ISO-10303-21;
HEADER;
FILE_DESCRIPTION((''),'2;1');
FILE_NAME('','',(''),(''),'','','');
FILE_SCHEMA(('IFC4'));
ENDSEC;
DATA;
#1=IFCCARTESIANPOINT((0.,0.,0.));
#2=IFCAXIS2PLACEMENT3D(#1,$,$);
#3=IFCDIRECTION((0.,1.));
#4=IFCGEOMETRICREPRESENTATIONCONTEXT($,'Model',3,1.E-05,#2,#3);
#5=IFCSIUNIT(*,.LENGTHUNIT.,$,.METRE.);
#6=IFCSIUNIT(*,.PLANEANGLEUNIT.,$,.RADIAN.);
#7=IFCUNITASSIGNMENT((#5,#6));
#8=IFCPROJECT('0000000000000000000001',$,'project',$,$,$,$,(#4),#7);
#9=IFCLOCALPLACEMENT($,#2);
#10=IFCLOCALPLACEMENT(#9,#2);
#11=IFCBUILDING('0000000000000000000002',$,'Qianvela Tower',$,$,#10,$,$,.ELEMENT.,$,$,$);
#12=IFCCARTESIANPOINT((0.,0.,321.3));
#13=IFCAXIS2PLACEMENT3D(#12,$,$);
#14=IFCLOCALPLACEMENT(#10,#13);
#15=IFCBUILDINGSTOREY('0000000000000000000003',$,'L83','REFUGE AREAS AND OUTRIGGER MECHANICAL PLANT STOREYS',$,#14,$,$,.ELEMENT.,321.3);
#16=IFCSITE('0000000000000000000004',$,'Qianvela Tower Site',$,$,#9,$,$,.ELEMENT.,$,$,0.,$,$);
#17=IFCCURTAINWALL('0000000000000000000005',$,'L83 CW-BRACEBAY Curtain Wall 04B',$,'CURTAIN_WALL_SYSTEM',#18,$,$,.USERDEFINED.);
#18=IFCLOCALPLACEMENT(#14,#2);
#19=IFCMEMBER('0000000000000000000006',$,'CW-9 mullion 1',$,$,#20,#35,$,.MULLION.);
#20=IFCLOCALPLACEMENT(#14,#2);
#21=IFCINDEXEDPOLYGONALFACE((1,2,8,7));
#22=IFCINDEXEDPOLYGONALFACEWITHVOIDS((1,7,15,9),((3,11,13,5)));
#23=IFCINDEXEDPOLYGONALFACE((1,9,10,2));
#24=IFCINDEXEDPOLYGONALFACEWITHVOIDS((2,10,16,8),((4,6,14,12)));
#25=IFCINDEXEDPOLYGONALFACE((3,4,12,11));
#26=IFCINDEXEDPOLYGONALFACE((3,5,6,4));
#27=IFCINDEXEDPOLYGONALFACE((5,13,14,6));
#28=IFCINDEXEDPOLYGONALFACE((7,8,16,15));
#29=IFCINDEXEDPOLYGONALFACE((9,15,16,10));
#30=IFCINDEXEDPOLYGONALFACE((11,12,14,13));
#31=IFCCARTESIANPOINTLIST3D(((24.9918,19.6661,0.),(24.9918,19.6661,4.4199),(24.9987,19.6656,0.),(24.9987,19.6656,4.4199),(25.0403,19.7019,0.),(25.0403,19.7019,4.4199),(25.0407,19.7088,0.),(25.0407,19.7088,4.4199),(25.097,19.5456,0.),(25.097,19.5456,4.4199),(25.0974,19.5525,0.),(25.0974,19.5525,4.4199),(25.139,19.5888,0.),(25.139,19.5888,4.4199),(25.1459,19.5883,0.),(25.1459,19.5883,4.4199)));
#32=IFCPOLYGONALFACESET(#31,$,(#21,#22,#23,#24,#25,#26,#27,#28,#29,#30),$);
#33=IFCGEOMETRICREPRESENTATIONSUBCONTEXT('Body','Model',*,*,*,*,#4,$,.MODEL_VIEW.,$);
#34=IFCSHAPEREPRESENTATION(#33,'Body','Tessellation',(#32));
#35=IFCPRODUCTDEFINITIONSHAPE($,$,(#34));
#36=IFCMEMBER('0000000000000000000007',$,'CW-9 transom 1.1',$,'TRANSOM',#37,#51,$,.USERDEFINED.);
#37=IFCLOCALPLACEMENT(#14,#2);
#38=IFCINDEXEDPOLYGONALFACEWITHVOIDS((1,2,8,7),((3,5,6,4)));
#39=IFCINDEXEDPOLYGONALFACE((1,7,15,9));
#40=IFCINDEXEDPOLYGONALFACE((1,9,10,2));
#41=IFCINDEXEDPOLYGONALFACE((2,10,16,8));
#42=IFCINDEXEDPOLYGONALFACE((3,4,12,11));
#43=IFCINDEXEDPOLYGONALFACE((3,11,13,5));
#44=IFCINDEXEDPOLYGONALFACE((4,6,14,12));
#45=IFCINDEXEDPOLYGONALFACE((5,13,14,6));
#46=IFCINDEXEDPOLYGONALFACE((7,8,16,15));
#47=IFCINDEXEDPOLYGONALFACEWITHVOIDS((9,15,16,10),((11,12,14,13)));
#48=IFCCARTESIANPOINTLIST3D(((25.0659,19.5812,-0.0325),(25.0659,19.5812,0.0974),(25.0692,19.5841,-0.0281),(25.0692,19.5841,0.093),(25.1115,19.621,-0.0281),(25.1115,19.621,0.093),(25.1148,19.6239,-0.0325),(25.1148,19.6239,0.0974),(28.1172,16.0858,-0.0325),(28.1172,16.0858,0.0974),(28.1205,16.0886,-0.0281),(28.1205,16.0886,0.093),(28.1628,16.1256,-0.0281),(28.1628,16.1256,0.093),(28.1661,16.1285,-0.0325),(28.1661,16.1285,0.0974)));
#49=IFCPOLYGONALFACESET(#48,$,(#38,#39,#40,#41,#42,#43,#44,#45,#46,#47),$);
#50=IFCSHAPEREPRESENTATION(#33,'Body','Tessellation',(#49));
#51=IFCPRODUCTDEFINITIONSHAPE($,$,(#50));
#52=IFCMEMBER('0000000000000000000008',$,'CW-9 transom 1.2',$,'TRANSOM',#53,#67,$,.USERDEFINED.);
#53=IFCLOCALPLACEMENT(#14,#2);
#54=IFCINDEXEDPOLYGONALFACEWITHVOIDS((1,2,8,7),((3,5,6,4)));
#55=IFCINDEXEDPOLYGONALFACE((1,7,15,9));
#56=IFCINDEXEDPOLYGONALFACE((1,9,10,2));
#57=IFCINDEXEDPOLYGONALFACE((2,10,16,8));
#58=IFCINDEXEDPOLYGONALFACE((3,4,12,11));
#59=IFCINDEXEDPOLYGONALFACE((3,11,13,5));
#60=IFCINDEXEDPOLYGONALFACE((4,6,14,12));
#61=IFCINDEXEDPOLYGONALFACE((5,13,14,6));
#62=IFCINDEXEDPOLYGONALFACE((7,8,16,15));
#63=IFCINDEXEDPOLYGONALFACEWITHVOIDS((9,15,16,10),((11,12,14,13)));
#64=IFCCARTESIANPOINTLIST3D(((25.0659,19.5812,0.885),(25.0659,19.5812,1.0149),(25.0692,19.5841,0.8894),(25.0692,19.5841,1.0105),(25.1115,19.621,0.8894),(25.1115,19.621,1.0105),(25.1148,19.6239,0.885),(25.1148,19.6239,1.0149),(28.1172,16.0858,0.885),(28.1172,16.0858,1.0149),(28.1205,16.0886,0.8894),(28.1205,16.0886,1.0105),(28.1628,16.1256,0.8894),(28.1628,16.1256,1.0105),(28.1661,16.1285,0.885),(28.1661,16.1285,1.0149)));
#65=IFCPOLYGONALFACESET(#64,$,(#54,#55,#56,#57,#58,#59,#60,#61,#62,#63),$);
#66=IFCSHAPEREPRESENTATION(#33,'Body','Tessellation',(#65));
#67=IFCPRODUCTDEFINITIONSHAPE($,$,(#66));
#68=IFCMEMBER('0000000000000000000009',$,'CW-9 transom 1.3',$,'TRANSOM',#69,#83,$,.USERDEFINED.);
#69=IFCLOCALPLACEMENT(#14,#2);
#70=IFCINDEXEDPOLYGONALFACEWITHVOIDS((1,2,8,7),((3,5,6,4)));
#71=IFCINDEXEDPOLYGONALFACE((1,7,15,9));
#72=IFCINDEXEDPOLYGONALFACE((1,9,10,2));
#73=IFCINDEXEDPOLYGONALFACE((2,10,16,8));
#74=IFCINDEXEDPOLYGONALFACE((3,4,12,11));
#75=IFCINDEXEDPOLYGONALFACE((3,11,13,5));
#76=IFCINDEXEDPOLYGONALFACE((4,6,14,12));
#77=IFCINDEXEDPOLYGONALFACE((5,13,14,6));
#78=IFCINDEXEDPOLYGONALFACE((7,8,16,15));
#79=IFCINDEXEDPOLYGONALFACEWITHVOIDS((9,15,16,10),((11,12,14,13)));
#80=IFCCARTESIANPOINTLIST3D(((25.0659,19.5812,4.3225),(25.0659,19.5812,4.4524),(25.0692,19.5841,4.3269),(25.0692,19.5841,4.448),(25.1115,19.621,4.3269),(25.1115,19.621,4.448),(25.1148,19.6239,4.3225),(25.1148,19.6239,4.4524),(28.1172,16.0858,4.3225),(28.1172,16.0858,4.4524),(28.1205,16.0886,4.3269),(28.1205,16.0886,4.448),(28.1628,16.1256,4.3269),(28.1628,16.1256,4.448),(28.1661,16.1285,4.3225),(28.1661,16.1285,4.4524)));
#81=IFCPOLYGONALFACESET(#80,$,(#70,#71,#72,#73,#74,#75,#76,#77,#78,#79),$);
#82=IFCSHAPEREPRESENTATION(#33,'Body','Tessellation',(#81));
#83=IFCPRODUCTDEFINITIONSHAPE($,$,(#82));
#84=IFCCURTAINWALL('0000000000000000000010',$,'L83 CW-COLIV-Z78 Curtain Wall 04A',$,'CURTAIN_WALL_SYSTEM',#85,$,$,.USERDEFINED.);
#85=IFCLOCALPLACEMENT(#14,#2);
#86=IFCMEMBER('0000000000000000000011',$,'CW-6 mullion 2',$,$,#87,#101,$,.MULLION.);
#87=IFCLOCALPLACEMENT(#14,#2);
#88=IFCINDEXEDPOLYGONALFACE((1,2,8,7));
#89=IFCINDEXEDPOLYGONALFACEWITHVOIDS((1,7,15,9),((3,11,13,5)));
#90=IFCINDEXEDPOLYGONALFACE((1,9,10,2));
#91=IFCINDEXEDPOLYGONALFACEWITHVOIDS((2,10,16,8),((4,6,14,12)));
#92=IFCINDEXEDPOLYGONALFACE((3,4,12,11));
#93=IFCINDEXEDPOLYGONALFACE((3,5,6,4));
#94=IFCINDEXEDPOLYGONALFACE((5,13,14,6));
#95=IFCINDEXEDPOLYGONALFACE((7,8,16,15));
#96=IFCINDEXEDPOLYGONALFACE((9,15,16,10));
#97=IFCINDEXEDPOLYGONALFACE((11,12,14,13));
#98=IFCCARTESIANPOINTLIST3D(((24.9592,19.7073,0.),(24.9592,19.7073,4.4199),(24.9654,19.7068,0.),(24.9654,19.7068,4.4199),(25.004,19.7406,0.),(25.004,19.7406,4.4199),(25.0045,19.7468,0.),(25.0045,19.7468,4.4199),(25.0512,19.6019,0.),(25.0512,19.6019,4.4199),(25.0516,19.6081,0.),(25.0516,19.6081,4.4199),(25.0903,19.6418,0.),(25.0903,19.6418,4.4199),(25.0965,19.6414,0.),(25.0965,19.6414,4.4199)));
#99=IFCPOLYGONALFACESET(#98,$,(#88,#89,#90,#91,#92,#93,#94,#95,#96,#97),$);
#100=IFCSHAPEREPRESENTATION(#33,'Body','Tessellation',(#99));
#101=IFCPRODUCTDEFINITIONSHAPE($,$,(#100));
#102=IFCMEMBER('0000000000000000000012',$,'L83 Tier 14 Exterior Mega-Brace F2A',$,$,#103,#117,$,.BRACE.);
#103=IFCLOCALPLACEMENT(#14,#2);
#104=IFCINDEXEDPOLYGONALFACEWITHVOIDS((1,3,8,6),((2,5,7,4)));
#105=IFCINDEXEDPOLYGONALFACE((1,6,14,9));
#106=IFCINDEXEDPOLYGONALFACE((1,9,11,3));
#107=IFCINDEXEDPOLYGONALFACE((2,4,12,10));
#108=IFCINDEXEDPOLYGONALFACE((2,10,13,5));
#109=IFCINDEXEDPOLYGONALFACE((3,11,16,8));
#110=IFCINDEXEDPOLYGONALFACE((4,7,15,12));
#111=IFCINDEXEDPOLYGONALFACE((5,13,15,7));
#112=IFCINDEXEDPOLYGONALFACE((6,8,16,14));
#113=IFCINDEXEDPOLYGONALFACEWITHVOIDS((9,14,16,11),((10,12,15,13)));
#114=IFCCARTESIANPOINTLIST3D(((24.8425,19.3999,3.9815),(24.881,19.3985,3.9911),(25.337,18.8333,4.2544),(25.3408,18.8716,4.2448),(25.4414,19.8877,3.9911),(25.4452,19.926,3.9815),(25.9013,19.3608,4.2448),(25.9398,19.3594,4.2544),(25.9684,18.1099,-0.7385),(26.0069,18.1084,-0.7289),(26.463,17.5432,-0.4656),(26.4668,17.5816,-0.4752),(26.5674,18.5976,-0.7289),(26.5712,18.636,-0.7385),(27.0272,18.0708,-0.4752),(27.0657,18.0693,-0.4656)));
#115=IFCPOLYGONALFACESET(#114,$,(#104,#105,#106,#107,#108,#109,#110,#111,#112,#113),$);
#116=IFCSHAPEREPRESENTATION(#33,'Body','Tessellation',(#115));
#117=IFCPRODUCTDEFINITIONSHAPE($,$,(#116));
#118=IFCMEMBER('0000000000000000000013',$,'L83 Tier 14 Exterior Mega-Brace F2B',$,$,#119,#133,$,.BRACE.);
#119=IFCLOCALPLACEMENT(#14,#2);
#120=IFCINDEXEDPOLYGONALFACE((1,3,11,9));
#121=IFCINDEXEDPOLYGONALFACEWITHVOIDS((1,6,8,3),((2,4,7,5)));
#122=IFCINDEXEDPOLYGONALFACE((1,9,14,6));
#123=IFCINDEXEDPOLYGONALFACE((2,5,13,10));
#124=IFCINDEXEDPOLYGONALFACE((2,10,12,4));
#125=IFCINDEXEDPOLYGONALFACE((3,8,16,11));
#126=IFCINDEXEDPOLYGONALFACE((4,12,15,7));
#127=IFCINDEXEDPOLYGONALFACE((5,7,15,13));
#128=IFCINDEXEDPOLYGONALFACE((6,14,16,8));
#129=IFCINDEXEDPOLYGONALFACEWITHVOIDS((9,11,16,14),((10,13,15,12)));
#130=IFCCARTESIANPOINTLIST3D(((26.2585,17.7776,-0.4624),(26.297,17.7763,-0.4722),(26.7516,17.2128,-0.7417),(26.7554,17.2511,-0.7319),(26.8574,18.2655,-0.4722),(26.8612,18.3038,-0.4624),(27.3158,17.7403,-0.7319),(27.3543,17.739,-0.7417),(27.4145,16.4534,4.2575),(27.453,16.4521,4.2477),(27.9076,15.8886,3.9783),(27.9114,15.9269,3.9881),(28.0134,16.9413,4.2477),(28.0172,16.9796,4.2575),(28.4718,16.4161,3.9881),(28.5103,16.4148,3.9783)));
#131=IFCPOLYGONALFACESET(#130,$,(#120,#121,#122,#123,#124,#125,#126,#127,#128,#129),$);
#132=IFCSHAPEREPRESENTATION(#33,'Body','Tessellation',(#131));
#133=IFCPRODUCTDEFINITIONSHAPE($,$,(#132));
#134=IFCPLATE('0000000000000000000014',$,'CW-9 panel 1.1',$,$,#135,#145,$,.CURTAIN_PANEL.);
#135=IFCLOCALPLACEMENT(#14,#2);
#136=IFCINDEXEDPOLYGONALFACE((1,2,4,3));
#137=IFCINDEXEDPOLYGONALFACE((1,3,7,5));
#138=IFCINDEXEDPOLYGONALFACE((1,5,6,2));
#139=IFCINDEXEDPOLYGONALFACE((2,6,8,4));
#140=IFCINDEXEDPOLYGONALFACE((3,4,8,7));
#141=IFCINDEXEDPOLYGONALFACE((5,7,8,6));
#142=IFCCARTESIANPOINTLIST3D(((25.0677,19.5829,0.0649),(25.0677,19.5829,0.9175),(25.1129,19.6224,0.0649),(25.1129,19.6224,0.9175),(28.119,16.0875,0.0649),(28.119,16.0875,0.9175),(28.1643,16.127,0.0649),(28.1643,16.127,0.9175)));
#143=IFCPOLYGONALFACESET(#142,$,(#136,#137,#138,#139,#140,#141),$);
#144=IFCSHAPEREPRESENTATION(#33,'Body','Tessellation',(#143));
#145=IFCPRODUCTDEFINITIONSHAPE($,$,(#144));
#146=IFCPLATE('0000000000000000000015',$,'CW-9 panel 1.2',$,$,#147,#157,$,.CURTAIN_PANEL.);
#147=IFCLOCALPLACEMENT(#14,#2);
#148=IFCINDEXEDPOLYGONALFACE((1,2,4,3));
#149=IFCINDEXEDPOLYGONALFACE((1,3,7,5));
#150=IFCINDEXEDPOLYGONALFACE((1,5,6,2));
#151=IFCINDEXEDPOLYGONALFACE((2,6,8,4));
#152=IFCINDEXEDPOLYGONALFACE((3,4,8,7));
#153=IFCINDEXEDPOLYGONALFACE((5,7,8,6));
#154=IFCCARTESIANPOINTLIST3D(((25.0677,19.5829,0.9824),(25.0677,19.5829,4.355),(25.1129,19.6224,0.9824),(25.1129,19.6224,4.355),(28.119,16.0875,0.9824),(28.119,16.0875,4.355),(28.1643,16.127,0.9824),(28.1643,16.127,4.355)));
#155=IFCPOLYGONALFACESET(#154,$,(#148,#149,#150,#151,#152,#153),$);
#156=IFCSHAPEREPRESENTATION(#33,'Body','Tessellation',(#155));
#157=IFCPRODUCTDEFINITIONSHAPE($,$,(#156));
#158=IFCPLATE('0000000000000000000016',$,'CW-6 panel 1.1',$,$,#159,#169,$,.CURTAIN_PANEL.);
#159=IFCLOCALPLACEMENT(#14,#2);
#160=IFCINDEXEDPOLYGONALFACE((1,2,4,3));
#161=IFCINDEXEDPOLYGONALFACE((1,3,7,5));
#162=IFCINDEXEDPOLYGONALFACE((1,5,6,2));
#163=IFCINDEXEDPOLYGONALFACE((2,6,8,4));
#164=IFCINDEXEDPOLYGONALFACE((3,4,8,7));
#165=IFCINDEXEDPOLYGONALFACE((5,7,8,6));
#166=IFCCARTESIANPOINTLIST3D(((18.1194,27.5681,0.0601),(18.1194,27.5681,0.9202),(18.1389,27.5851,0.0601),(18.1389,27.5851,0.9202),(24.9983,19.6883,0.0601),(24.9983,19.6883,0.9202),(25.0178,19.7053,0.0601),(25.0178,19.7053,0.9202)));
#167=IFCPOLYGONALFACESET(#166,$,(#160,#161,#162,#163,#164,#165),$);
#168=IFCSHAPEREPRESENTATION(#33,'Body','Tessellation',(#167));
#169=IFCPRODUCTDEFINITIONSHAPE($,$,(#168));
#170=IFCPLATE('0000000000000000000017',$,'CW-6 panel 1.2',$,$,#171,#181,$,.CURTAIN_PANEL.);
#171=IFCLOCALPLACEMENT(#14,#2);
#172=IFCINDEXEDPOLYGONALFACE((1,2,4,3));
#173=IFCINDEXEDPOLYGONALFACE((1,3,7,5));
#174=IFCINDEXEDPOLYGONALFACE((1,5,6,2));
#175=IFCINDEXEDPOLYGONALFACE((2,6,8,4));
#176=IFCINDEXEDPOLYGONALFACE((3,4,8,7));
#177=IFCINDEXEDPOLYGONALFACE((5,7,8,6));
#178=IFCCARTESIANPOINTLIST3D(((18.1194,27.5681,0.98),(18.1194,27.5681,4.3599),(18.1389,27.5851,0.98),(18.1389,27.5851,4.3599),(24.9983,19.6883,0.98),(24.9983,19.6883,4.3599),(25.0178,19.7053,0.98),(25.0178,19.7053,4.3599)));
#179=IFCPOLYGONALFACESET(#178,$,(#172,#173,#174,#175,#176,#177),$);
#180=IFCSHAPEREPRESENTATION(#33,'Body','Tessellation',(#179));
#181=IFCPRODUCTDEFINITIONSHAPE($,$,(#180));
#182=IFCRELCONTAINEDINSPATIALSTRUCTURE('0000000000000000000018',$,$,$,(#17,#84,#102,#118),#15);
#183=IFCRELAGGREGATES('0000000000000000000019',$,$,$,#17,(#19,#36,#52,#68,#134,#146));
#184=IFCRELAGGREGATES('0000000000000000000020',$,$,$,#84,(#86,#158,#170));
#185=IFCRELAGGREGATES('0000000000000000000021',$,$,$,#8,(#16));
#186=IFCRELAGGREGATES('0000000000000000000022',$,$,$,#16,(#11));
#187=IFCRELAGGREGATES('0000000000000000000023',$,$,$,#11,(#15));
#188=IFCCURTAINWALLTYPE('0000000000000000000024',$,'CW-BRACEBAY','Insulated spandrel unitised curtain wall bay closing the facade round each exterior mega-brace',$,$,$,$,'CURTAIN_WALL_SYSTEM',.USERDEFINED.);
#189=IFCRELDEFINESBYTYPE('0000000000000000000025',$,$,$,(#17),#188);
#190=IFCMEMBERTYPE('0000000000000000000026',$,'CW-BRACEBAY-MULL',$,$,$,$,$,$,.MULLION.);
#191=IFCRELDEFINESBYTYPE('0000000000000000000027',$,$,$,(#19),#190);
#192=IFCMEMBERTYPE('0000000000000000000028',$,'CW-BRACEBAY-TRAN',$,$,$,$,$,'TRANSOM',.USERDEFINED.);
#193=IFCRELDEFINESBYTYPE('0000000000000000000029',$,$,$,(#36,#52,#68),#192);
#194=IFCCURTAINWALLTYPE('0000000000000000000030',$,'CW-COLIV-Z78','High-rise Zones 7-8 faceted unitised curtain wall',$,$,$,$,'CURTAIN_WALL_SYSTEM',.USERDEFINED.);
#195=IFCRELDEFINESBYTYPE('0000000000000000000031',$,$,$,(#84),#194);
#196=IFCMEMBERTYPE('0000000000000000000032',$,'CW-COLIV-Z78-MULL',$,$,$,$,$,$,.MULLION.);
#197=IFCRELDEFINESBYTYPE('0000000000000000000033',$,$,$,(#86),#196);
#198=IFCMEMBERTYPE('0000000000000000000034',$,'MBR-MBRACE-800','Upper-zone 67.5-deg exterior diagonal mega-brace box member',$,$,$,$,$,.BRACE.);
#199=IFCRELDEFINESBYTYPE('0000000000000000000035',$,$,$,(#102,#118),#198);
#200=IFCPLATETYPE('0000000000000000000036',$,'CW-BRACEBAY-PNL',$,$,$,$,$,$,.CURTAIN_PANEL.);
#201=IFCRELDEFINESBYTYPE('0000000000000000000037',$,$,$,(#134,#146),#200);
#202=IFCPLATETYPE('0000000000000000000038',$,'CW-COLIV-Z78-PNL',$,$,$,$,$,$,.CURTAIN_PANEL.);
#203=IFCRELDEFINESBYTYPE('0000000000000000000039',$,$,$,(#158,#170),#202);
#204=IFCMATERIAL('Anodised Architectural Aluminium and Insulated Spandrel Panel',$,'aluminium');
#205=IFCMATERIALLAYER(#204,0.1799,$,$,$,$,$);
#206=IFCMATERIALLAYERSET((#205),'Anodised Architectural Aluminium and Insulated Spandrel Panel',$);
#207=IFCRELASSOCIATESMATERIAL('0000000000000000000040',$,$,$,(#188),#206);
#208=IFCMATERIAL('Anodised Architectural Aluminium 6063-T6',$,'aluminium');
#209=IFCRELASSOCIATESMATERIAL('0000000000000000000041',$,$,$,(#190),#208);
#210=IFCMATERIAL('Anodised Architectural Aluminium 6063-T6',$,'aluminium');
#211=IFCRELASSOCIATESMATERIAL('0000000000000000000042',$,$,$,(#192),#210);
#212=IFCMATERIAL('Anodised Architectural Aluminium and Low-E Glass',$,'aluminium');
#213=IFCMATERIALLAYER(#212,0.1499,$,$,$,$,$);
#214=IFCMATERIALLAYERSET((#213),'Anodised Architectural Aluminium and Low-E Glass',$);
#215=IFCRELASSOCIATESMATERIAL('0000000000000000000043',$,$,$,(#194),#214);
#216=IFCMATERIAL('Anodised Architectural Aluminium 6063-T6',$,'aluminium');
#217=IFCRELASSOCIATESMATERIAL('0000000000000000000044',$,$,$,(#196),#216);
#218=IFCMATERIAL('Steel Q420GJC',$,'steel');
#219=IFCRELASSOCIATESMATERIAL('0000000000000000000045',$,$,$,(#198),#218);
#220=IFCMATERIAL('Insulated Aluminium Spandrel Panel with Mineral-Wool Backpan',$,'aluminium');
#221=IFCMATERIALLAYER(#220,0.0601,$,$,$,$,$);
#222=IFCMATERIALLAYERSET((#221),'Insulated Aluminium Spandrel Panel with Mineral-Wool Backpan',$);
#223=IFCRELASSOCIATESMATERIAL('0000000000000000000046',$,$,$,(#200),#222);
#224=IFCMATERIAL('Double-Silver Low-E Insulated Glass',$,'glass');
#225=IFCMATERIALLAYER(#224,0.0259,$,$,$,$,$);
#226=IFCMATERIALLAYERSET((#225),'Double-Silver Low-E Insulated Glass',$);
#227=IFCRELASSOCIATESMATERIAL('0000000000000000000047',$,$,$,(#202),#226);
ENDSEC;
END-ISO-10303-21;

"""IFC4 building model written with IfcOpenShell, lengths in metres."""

from ifc_helpers import new_model, si_unit, direction, frame, origin, origin_2d, place, context, subcontext, project, spatial, rectangle, hollow_rectangle, extrude, material, layer, layer_set, material_profile, profile_set, type_object, element, aggregate, save


model = new_model("IFC4")

# Units and contexts
model_context = context("Model", 3, precision=1e-05, world=origin(), true_north=direction((0.0, 1.0)))
body_context = subcontext(model_context, "Body", "Model", "MODEL_VIEW")
ifc_project = project(units=[si_unit("LENGTHUNIT", "METRE"), si_unit("PLANEANGLEUNIT", "RADIAN")], contexts=[model_context])

# Site, building, storey
site_placement = place(None, origin())
site = spatial("IfcSite", under=ifc_project, at=site_placement, Name="Qianvela Tower Site", CompositionType="ELEMENT", RefElevation=0.0)
building_placement = place(site_placement, origin())
building = spatial("IfcBuilding", under=site, at=building_placement, Name="Qianvela Tower", CompositionType="ELEMENT")
storey_placement = place(building_placement, frame((0.0, 0.0, 321.3)))
storey = spatial("IfcBuildingStorey", under=building, at=storey_placement, Name="L83", Description="REFUGE AREAS AND OUTRIGGER MECHANICAL PLANT STOREYS", CompositionType="ELEMENT", Elevation=321.3)

# Curtain wall, members
ifc_material_1 = material(Name="Anodised Architectural Aluminium and Insulated Spandrel Panel", Category="aluminium")
ifc_layer_1 = layer(ifc_material_1, 0.1799)
ifc_layer_set_1 = layer_set([ifc_layer_1], Name="Anodised Architectural Aluminium and Insulated Spandrel Panel")
curtain_wall_type_1 = type_object("IfcCurtainWallType", Name="CW-BRACEBAY", Description="Insulated spandrel unitised curtain wall bay closing the facade round each exterior mega-brace", ElementType="CURTAIN_WALL_SYSTEM", PredefinedType="USERDEFINED", material=ifc_layer_set_1)
curtain_wall_1_placement = place(storey_placement, origin())
curtain_wall_1 = element("IfcCurtainWall", 1, at=curtain_wall_1_placement, inside=storey, type_object=curtain_wall_type_1, Name="L83 CW-BRACEBAY Curtain Wall 04B", ObjectType="CURTAIN_WALL_SYSTEM", PredefinedType="USERDEFINED")
ifc_material_2 = material(Name="Anodised Architectural Aluminium 6063-T6", Category="aluminium")
ifc_material_profile_1 = material_profile(ifc_material_2, hollow_rectangle(XDim=0.0649, YDim=0.1599, WallThickness=0.0049, at=origin_2d()), Name="ALU-MULL-65x160")
ifc_profile_set_1 = profile_set([ifc_material_profile_1], Name="Anodised Architectural Aluminium 6063-T6")
member_type_1 = type_object("IfcMemberType", Name="CW-BRACEBAY-MULL", PredefinedType="MULLION", material=ifc_profile_set_1)
member_1_placement = place(storey_placement, frame((25.0688, 19.6272, 0.0), z_axis=(0.0, 0.0, 1.0), x_axis=(0.753337, 0.657634, 0.0)))
member_1 = element("IfcMember", 2, at=member_1_placement, type_object=member_type_1, Name="CW-9 mullion 1", PredefinedType="MULLION", context=body_context, shape_type="SweptSolid", body=[
    extrude(hollow_rectangle(XDim=0.0649, YDim=0.1599, WallThickness=0.0049, at=origin_2d()), origin(), (0.0, 0.0, 1.0), 4.4199),
])
ifc_material_3 = material(Name="Anodised Architectural Aluminium 6063-T6", Category="aluminium")
ifc_material_profile_2 = material_profile(ifc_material_3, hollow_rectangle(XDim=0.0649, YDim=0.1299, WallThickness=0.0044, at=origin_2d()), Name="ALU-TRAN-65x130")
ifc_profile_set_2 = profile_set([ifc_material_profile_2], Name="Anodised Architectural Aluminium 6063-T6")
member_type_2 = type_object("IfcMemberType", Name="CW-BRACEBAY-TRAN", ElementType="TRANSOM", PredefinedType="USERDEFINED", material=ifc_profile_set_2)
member_2_placement = place(storey_placement, frame((25.0903, 19.6025, 0.0325), z_axis=(0.657629, -0.753342, 0.0), x_axis=(0.753342, 0.657629, 0.0)))
member_2 = element("IfcMember", 3, at=member_2_placement, type_object=member_type_2, Name="CW-9 transom 1.1", ObjectType="TRANSOM", PredefinedType="USERDEFINED", context=body_context, shape_type="SweptSolid", body=[
    extrude(hollow_rectangle(XDim=0.0649, YDim=0.1299, WallThickness=0.0044, at=origin_2d()), origin(), (0.0, 0.0, 1.0), 4.6399),
])
member_3_placement = place(storey_placement, frame((25.0903, 19.6025, 0.95), z_axis=(0.657629, -0.753342, 0.0), x_axis=(0.753342, 0.657629, 0.0)))
member_3 = element("IfcMember", 4, at=member_3_placement, type_object=member_type_2, Name="CW-9 transom 1.2", ObjectType="TRANSOM", PredefinedType="USERDEFINED", context=body_context, shape_type="SweptSolid", body=[
    extrude(hollow_rectangle(XDim=0.0649, YDim=0.1299, WallThickness=0.0044, at=origin_2d()), origin(), (0.0, 0.0, 1.0), 4.6399),
])
member_4_placement = place(storey_placement, frame((25.0903, 19.6025, 4.3875), z_axis=(0.657629, -0.753342, 0.0), x_axis=(0.753342, 0.657629, 0.0)))
member_4 = element("IfcMember", 5, at=member_4_placement, type_object=member_type_2, Name="CW-9 transom 1.3", ObjectType="TRANSOM", PredefinedType="USERDEFINED", context=body_context, shape_type="SweptSolid", body=[
    extrude(hollow_rectangle(XDim=0.0649, YDim=0.1299, WallThickness=0.0044, at=origin_2d()), origin(), (0.0, 0.0, 1.0), 4.6399),
])

# Curtain wall, member
ifc_material_4 = material(Name="Anodised Architectural Aluminium and Low-E Glass", Category="aluminium")
ifc_layer_2 = layer(ifc_material_4, 0.1499)
ifc_layer_set_2 = layer_set([ifc_layer_2], Name="Anodised Architectural Aluminium and Low-E Glass")
curtain_wall_type_2 = type_object("IfcCurtainWallType", Name="CW-COLIV-Z78", Description="High-rise Zones 7-8 faceted unitised curtain wall", ElementType="CURTAIN_WALL_SYSTEM", PredefinedType="USERDEFINED", material=ifc_layer_set_2)
curtain_wall_2_placement = place(storey_placement, origin())
curtain_wall_2 = element("IfcCurtainWall", 6, at=curtain_wall_2_placement, inside=storey, type_object=curtain_wall_type_2, Name="L83 CW-COLIV-Z78 Curtain Wall 04A", ObjectType="CURTAIN_WALL_SYSTEM", PredefinedType="USERDEFINED")
ifc_material_5 = material(Name="Anodised Architectural Aluminium 6063-T6", Category="aluminium")
ifc_material_profile_3 = material_profile(ifc_material_5, hollow_rectangle(XDim=0.0601, YDim=0.1399, WallThickness=0.0044, at=origin_2d()), Name="ALU-MULL-60x140")
ifc_profile_set_3 = profile_set([ifc_material_profile_3], Name="Anodised Architectural Aluminium 6063-T6")
member_type_3 = type_object("IfcMemberType", Name="CW-COLIV-Z78-MULL", PredefinedType="MULLION", material=ifc_profile_set_3)
member_5_placement = place(storey_placement, frame((25.0278, 19.6743, 0.0), z_axis=(0.0, 0.0, 1.0), x_axis=(0.753332, 0.657641, 0.0)))
member_5 = element("IfcMember", 7, at=member_5_placement, type_object=member_type_3, Name="CW-6 mullion 2", PredefinedType="MULLION", context=body_context, shape_type="SweptSolid", body=[
    extrude(hollow_rectangle(XDim=0.0601, YDim=0.1399, WallThickness=0.0044, at=origin_2d()), origin(), (0.0, 0.0, 1.0), 4.4199),
])

# Members
ifc_material_6 = material(Name="Steel Q420GJC", Category="steel")
ifc_material_profile_4 = material_profile(ifc_material_6, hollow_rectangle(XDim=0.8, YDim=0.8, WallThickness=0.0281, at=origin_2d()), Name="MBOX-800x800x28")
ifc_profile_set_4 = profile_set([ifc_material_profile_4], Name="Steel Q420GJC")
member_type_4 = type_object("IfcMemberType", Name="MBR-MBRACE-800", Description="Upper-zone 67.5-deg exterior diagonal mega-brace box member", PredefinedType="BRACE", material=ifc_profile_set_4)
member_6_placement = place(storey_placement, frame((26.5171, 18.0896, -0.6021), z_axis=(-0.224255, 0.25693, 0.940051), x_axis=(-0.753389, -0.657575, 0.0)))
element("IfcMember", 8, at=member_6_placement, inside=storey, type_object=member_type_4, Name="L83 Tier 14 Exterior Mega-Brace F2A", PredefinedType="BRACE", context=body_context, shape_type="SweptSolid", body=[
    extrude(hollow_rectangle(XDim=0.8, YDim=0.8, WallThickness=0.0281, at=origin_2d()), origin(), (0.0, 0.0, 1.0), 5.021),
])
member_7_placement = place(storey_placement, frame((26.8064, 17.7583, -0.6021), z_axis=(0.229518, -0.262916, 0.937122), x_axis=(0.753333, 0.657639, 0.0)))
element("IfcMember", 9, at=member_7_placement, inside=storey, type_object=member_type_4, Name="L83 Tier 14 Exterior Mega-Brace F2B", PredefinedType="BRACE", context=body_context, shape_type="SweptSolid", body=[
    extrude(hollow_rectangle(XDim=0.8, YDim=0.8, WallThickness=0.0281, at=origin_2d()), origin(), (0.0, 0.0, 1.0), 5.0366),
])

# Plates
ifc_material_7 = material(Name="Insulated Aluminium Spandrel Panel with Mineral-Wool Backpan", Category="aluminium")
ifc_layer_3 = layer(ifc_material_7, 0.0601)
ifc_layer_set_3 = layer_set([ifc_layer_3], Name="Insulated Aluminium Spandrel Panel with Mineral-Wool Backpan")
plate_type_1 = type_object("IfcPlateType", Name="CW-BRACEBAY-PNL", PredefinedType="CURTAIN_PANEL", material=ifc_layer_set_3)
plate_1_placement = place(storey_placement, frame((26.616, 17.855, 0.0649), z_axis=(0.0, 0.0, 1.0), x_axis=(0.657634, -0.753337, 0.0)))
plate_1 = element("IfcPlate", 10, at=plate_1_placement, type_object=plate_type_1, Name="CW-9 panel 1.1", PredefinedType="CURTAIN_PANEL", context=body_context, shape_type="SweptSolid", body=[
    extrude(rectangle(XDim=4.6399, YDim=0.0601, at=origin_2d()), origin(), (0.0, 0.0, 1.0), 0.8525),
])
plate_2_placement = place(storey_placement, frame((26.616, 17.855, 0.9824), z_axis=(0.0, 0.0, 1.0), x_axis=(0.657634, -0.753337, 0.0)))
plate_2 = element("IfcPlate", 11, at=plate_2_placement, type_object=plate_type_1, Name="CW-9 panel 1.2", PredefinedType="CURTAIN_PANEL", context=body_context, shape_type="SweptSolid", body=[
    extrude(rectangle(XDim=4.6399, YDim=0.0601, at=origin_2d()), origin(), (0.0, 0.0, 1.0), 3.3726),
])
aggregate(curtain_wall_1, [member_1, member_2, member_3, member_4, plate_1, plate_2])
ifc_material_8 = material(Name="Double-Silver Low-E Insulated Glass", Category="glass")
ifc_layer_4 = layer(ifc_material_8, 0.0259)
ifc_layer_set_4 = layer_set([ifc_layer_4], Name="Double-Silver Low-E Insulated Glass")
plate_type_2 = type_object("IfcPlateType", Name="CW-COLIV-Z78-PNL", PredefinedType="CURTAIN_PANEL", material=ifc_layer_set_4)
plate_3_placement = place(storey_placement, frame((21.5686, 23.6367, 0.0601), z_axis=(0.0, 0.0, 1.0), x_axis=(0.657641, -0.753332, 0.0)))
plate_3 = element("IfcPlate", 12, at=plate_3_placement, type_object=plate_type_2, Name="CW-6 panel 1.1", PredefinedType="CURTAIN_PANEL", context=body_context, shape_type="SweptSolid", body=[
    extrude(rectangle(XDim=10.46, YDim=0.0259, at=origin_2d()), origin(), (0.0, 0.0, 1.0), 0.8601),
])
plate_4_placement = place(storey_placement, frame((21.5686, 23.6367, 0.98), z_axis=(0.0, 0.0, 1.0), x_axis=(0.657641, -0.753332, 0.0)))
plate_4 = element("IfcPlate", 13, at=plate_4_placement, type_object=plate_type_2, Name="CW-6 panel 1.2", PredefinedType="CURTAIN_PANEL", context=body_context, shape_type="SweptSolid", body=[
    extrude(rectangle(XDim=10.46, YDim=0.0259, at=origin_2d()), origin(), (0.0, 0.0, 1.0), 3.3799),
])
aggregate(curtain_wall_2, [member_5, plate_3, plate_4])

save(model, "model.ifc")
